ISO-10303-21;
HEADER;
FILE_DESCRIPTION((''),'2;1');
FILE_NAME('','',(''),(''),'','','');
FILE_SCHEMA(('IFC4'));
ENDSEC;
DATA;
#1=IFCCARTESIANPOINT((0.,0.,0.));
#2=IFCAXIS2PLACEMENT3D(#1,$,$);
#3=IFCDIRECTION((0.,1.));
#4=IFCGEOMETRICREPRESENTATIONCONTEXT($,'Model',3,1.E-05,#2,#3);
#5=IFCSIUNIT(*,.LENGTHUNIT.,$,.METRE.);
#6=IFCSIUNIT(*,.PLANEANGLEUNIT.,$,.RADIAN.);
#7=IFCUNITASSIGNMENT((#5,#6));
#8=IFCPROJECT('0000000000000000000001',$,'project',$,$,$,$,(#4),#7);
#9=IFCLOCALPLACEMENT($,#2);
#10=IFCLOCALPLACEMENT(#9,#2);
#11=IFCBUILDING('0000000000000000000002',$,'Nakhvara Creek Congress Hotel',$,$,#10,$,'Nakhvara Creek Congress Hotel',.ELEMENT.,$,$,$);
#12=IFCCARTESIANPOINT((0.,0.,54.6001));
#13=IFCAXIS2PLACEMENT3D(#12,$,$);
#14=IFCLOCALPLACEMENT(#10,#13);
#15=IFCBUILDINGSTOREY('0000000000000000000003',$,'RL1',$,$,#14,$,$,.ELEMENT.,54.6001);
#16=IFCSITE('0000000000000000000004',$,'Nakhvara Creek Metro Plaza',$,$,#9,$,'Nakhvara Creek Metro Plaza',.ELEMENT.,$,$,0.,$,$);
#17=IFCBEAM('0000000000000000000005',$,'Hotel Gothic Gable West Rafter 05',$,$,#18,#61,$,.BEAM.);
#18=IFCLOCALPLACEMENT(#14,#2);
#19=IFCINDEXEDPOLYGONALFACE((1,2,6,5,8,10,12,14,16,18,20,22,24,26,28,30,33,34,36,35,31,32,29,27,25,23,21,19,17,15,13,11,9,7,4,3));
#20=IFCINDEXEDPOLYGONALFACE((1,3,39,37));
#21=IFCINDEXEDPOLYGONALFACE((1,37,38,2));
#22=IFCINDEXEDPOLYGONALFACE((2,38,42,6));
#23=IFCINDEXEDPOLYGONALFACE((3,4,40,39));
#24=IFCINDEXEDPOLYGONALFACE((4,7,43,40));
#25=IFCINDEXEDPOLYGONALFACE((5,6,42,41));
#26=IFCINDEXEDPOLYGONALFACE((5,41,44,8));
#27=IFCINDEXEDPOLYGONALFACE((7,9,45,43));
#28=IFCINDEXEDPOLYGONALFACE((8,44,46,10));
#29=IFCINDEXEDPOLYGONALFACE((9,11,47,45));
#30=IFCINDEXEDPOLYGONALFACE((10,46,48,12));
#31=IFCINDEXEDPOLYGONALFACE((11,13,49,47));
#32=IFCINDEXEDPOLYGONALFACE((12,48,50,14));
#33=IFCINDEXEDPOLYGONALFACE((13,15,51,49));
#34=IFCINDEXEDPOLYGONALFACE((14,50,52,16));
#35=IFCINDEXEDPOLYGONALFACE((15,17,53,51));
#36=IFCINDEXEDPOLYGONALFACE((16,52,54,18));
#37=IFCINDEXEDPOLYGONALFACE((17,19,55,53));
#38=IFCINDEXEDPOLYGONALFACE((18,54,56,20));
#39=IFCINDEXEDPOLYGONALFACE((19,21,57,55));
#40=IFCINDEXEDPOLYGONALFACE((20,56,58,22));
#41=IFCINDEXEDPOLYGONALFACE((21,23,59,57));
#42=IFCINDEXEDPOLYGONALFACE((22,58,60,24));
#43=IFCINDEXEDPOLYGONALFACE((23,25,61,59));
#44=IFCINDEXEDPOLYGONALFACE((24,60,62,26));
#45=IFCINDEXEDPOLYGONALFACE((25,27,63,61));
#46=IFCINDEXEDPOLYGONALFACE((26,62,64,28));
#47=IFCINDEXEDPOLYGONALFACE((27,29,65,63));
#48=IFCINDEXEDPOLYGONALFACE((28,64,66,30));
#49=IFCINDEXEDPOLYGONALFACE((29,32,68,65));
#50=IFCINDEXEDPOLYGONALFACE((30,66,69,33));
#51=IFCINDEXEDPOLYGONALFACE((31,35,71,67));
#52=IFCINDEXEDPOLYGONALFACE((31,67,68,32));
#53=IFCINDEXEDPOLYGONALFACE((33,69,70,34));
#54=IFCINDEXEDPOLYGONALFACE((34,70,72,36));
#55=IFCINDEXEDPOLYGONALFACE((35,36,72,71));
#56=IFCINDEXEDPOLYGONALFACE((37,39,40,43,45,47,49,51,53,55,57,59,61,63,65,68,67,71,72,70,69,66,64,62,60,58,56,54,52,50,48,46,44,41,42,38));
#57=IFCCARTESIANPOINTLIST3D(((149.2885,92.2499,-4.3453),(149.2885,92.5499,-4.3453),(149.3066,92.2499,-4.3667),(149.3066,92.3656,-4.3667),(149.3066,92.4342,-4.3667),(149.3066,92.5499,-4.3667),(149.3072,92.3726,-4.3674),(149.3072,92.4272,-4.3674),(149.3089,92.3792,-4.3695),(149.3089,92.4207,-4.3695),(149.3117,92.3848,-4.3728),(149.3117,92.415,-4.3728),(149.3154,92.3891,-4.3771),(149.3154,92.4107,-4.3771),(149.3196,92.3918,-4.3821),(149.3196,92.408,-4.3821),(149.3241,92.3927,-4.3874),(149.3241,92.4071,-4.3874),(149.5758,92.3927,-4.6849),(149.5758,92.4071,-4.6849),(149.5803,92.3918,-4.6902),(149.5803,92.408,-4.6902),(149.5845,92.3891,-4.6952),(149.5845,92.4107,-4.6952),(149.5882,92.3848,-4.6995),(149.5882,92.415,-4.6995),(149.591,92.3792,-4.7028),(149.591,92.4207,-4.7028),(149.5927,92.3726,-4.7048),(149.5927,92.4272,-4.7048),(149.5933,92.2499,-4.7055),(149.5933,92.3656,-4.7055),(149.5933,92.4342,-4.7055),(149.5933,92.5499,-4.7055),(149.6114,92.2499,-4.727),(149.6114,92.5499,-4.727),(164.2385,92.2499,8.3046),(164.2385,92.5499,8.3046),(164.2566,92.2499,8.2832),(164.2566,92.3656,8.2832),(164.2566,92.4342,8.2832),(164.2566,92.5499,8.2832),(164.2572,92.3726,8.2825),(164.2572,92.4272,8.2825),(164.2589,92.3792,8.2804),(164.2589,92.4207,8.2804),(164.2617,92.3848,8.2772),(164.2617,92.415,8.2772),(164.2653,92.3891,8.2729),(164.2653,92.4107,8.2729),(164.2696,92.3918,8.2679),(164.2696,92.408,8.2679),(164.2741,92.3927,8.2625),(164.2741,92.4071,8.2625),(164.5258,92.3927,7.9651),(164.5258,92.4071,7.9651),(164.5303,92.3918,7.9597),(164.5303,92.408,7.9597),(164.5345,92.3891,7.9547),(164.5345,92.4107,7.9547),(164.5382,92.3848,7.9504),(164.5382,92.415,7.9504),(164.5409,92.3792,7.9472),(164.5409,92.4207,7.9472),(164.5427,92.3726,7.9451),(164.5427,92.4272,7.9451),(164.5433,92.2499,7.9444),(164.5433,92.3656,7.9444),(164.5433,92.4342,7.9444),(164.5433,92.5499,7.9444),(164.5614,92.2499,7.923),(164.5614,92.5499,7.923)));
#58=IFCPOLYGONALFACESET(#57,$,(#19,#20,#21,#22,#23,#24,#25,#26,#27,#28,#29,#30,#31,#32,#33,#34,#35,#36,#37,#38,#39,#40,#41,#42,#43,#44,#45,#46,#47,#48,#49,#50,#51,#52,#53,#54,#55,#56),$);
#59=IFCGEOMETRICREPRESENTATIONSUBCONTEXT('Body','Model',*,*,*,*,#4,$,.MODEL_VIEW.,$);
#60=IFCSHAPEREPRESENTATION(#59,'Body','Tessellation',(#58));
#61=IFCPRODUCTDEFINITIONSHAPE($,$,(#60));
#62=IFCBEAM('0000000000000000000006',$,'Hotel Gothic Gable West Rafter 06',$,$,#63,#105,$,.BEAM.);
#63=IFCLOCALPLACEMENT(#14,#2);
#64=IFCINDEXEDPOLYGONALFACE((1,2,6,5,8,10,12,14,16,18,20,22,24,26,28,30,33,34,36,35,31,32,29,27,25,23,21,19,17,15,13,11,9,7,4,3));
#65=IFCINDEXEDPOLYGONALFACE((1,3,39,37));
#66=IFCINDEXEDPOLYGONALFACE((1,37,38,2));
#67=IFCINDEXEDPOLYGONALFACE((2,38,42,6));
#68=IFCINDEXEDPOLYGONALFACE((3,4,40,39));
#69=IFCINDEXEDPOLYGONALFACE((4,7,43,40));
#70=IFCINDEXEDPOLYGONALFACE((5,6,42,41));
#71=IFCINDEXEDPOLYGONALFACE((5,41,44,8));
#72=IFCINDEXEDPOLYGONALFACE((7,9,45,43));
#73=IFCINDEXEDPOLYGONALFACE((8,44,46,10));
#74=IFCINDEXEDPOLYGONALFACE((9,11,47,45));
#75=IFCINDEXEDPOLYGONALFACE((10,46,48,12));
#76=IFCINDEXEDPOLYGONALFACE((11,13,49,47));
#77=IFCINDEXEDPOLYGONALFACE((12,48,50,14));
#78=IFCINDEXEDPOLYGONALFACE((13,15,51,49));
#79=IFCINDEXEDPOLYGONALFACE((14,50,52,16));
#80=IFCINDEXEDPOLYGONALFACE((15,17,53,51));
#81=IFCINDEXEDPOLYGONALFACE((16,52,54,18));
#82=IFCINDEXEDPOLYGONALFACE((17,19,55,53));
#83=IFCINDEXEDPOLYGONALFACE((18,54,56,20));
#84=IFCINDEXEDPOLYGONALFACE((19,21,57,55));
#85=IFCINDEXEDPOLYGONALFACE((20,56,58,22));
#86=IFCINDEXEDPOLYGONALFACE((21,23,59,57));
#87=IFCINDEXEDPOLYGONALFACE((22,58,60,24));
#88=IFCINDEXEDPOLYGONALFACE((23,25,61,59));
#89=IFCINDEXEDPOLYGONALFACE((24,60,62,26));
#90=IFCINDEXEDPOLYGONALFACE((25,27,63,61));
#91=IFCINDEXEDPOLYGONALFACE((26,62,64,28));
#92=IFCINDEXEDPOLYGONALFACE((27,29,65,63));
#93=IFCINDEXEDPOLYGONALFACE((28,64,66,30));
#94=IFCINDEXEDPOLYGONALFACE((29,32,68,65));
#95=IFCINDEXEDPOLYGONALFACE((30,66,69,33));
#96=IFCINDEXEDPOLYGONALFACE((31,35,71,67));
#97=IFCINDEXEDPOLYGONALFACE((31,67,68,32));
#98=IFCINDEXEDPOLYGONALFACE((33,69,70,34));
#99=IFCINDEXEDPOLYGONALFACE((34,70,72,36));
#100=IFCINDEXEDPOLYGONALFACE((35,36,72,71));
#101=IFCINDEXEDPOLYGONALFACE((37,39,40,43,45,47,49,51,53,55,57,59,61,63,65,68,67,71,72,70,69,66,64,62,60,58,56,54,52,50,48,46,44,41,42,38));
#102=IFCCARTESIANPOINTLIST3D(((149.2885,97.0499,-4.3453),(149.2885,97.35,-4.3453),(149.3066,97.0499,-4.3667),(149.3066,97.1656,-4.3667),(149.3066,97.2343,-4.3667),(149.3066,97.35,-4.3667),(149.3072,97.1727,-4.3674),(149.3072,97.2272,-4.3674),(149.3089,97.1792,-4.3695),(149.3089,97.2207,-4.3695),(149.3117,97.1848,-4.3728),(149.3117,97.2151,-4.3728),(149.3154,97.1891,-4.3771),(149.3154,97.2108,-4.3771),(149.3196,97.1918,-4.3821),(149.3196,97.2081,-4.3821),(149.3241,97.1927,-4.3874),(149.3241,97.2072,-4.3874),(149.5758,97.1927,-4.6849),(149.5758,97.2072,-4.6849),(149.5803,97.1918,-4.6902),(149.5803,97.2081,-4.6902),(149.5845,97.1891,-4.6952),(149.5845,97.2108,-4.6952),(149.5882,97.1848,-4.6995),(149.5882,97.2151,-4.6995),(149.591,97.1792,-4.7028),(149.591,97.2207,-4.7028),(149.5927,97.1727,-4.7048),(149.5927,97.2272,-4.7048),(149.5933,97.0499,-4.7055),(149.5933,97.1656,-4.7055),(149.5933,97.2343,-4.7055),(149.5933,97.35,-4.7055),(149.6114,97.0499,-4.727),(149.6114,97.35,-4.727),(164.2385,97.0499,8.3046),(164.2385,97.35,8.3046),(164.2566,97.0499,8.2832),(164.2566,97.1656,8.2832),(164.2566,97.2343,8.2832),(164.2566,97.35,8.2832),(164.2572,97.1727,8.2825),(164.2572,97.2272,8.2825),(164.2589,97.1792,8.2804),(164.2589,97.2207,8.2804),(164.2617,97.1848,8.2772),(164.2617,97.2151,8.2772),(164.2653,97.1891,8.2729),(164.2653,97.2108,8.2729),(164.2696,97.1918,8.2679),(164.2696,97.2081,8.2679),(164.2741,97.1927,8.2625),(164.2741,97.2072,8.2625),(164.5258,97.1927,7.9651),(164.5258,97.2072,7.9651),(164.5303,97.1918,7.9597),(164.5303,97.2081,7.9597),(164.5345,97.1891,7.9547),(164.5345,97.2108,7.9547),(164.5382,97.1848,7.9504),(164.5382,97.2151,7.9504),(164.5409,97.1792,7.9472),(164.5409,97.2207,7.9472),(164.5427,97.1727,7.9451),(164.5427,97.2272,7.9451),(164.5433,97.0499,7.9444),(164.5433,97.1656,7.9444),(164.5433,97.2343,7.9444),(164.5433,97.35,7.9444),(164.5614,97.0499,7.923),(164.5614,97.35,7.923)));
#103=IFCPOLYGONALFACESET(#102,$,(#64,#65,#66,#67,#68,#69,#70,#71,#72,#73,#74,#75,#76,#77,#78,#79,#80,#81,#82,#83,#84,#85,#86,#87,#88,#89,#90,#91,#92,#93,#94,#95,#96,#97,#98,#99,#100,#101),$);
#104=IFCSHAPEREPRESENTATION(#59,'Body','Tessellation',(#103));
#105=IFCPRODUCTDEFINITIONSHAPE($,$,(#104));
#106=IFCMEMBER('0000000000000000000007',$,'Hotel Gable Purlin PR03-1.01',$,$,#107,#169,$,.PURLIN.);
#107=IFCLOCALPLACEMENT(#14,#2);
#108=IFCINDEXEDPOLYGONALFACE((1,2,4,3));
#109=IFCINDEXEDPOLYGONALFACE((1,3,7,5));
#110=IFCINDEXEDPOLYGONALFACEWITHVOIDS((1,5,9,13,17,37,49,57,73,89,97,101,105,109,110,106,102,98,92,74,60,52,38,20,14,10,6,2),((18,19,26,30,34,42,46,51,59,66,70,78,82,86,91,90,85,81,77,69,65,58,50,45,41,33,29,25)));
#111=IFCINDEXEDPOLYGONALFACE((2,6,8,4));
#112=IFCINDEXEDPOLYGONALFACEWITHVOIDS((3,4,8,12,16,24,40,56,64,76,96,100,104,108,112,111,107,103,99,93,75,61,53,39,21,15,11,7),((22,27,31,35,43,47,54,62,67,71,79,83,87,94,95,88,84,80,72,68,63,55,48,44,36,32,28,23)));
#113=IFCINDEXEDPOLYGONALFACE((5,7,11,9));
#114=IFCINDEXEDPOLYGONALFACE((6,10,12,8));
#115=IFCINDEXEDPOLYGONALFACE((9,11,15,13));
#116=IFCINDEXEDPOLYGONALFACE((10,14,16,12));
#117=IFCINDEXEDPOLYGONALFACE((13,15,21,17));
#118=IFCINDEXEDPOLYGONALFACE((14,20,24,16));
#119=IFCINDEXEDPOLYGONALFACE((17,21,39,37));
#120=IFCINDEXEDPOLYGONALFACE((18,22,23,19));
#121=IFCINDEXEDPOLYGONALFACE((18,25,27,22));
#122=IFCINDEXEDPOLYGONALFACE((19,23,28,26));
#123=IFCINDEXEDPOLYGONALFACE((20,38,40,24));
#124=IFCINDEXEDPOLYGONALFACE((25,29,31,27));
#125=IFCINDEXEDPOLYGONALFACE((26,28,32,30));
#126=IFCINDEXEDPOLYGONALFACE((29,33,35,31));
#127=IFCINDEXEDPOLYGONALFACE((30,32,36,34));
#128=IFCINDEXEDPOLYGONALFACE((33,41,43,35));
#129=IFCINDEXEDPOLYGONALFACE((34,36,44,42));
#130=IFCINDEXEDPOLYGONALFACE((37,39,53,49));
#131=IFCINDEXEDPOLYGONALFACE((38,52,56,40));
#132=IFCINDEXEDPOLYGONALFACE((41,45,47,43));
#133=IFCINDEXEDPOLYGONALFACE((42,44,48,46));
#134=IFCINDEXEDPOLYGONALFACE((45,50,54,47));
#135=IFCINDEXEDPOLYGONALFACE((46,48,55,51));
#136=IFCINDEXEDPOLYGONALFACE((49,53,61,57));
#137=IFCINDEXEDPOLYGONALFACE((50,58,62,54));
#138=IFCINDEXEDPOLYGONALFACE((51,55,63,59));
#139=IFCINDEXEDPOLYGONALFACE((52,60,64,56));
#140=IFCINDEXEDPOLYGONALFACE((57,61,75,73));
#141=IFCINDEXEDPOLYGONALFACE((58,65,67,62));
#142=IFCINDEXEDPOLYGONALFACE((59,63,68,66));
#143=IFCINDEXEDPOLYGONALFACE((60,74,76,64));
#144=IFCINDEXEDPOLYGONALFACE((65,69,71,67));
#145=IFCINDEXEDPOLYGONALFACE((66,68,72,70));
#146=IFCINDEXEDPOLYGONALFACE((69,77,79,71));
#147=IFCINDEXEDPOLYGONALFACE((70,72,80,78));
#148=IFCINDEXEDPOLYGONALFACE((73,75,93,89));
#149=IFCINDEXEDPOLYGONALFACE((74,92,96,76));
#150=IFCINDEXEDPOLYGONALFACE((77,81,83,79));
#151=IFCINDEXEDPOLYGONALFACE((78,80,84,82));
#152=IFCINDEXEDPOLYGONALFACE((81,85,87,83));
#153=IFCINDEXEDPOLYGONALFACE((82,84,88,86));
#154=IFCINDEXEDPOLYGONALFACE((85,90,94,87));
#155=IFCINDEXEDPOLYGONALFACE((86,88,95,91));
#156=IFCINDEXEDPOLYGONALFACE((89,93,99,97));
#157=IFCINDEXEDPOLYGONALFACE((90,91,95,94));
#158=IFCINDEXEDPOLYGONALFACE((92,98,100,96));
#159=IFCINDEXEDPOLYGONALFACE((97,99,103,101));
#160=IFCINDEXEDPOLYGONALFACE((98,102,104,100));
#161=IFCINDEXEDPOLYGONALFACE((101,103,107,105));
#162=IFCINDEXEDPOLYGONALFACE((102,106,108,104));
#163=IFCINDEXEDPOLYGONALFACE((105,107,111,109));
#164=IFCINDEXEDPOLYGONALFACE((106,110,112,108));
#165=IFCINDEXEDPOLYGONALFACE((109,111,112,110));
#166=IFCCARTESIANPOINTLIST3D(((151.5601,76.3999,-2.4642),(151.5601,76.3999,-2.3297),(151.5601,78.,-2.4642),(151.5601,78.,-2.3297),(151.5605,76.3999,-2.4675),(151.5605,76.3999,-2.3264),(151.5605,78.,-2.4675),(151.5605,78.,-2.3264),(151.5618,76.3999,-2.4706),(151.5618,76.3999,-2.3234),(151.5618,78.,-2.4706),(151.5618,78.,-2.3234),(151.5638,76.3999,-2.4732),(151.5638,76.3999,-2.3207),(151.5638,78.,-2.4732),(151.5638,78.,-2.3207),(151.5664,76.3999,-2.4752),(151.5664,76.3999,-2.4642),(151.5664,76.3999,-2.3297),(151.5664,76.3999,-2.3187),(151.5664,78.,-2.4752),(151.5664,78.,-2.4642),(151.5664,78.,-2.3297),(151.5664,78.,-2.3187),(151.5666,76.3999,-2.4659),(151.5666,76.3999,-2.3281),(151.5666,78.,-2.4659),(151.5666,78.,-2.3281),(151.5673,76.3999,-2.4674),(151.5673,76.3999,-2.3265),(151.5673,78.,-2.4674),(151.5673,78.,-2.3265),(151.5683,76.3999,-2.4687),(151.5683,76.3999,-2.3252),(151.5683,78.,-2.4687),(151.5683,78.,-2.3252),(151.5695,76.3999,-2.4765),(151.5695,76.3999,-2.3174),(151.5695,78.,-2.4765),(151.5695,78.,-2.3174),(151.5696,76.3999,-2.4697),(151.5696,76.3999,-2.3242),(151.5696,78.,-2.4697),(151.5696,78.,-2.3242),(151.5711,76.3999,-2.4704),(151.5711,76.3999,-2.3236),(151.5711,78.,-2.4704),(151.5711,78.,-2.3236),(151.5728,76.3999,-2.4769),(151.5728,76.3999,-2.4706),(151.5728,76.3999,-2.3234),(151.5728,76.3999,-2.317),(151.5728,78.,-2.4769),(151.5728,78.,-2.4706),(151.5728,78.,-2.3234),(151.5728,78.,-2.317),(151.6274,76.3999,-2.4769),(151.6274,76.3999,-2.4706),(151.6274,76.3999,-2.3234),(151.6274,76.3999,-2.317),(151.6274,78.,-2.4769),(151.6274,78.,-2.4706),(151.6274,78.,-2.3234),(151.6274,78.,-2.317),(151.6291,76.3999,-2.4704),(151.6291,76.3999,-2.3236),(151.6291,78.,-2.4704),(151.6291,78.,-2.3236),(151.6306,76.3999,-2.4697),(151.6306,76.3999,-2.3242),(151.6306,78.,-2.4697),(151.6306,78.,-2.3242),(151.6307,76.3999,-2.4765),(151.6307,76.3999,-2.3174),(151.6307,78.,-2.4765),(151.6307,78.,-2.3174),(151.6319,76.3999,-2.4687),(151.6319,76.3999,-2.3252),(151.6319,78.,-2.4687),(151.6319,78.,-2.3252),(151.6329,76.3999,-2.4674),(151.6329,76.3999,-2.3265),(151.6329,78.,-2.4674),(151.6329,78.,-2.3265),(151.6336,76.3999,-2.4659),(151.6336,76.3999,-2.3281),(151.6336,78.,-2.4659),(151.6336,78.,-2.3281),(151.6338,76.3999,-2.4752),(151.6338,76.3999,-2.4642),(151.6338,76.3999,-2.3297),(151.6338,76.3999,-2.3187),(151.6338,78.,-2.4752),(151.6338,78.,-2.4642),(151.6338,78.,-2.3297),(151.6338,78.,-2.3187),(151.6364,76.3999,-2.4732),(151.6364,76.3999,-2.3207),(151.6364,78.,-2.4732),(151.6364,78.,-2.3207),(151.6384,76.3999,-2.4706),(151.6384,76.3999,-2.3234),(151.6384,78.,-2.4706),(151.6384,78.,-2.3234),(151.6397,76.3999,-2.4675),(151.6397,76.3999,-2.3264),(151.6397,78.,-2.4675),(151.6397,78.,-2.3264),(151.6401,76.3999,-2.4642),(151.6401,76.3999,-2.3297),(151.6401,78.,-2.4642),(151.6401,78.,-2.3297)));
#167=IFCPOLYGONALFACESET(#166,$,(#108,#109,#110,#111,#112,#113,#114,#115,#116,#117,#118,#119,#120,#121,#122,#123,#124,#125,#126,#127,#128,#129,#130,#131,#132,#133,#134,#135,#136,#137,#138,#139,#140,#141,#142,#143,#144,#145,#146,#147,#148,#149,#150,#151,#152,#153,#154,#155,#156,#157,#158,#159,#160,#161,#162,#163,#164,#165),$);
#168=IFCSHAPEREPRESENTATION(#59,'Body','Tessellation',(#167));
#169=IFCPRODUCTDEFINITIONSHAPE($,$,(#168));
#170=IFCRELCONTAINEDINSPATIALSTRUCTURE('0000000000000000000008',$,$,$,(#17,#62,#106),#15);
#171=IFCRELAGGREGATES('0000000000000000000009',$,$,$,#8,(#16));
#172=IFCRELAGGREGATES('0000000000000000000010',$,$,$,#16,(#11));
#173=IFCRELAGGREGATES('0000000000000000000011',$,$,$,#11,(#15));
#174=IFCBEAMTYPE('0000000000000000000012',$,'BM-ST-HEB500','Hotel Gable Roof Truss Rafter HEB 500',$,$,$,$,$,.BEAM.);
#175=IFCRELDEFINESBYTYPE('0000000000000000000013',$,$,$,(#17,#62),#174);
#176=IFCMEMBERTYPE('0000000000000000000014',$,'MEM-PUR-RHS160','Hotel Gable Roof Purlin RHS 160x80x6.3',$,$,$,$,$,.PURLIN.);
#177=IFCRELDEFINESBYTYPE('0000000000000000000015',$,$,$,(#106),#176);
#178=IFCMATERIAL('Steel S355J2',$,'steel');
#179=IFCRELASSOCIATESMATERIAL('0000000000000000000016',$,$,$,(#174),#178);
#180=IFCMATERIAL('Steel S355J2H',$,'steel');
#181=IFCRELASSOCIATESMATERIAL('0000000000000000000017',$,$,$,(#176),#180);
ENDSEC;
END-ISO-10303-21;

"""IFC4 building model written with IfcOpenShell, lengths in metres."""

from ifc_helpers import new_model, si_unit, direction, frame, origin, origin_2d, place, context, subcontext, project, spatial, hollow_rectangle, i_section, extrude, material, material_profile, profile_set, type_object, element, save


model = new_model("IFC4")

# Units and contexts
model_context = context("Model", 3, precision=1e-05, world=origin(), true_north=direction((0.0, 1.0)))
body_context = subcontext(model_context, "Body", "Model", "MODEL_VIEW")
ifc_project = project(units=[si_unit("LENGTHUNIT", "METRE"), si_unit("PLANEANGLEUNIT", "RADIAN")], contexts=[model_context])

# Site, building, storey
site_placement = place(None, origin())
site = spatial("IfcSite", under=ifc_project, at=site_placement, Name="Nakhvara Creek Metro Plaza", LongName="Nakhvara Creek Metro Plaza", CompositionType="ELEMENT", RefElevation=0.0)
building_placement = place(site_placement, origin())
building = spatial("IfcBuilding", under=site, at=building_placement, Name="Nakhvara Creek Congress Hotel", LongName="Nakhvara Creek Congress Hotel", CompositionType="ELEMENT")
storey_placement = place(building_placement, frame((0.0, 0.0, 54.6001)))
storey = spatial("IfcBuildingStorey", under=building, at=storey_placement, Name="RL1", CompositionType="ELEMENT", Elevation=54.6001)

# Beams
ifc_material_1 = material(Name="Steel S355J2", Category="steel")
ifc_material_profile_1 = material_profile(ifc_material_1, i_section(OverallWidth=0.3, OverallDepth=0.5, WebThickness=0.0144, FlangeThickness=0.0281, FilletRadius=0.0271, at=origin_2d()), Name="HEB 500", Category="LoadBearing")
ifc_profile_set_1 = profile_set([ifc_material_profile_1], Name="Steel S355J2")
beam_type = type_object("IfcBeamType", Name="BM-ST-HEB500", Description="Hotel Gable Roof Truss Rafter HEB 500", PredefinedType="BEAM", material=ifc_profile_set_1)
for number, where, z_axis, x_axis, name in (
    (1, (149.45, 92.3999, -4.5361), (0.763388, 0.0, 0.645941), (0.0, 1.0, 0.0), "Hotel Gothic Gable West Rafter 05"),
    (2, (149.45, 97.2, -4.5361), (0.763388, 0.0, 0.645941), (0.0, 1.0, 0.0), "Hotel Gothic Gable West Rafter 06"),
):
    element("IfcBeam", number, at=place(storey_placement, frame(where, z_axis=z_axis, x_axis=x_axis)), inside=storey, type_object=beam_type, Name=name, PredefinedType="BEAM", context=body_context, shape_type="SweptSolid", body=[
        extrude(i_section(OverallWidth=0.3, OverallDepth=0.5, WebThickness=0.0144, FlangeThickness=0.0281, FilletRadius=0.0271, at=origin_2d()), origin(), (0.0, 0.0, 1.0), 19.5837),
    ])

# Member
ifc_material_2 = material(Name="Steel S355J2H", Category="steel")
ifc_material_profile_2 = material_profile(ifc_material_2, hollow_rectangle(XDim=0.0801, YDim=0.1599, WallThickness=0.0063, InnerFilletRadius=0.0063, OuterFilletRadius=0.0127, at=origin_2d()), Name="RHS 160x80x6.3", Category="LoadBearing")
ifc_profile_set_2 = profile_set([ifc_material_profile_2], Name="Steel S355J2H")
member_type = type_object("IfcMemberType", Name="MEM-PUR-RHS160", Description="Hotel Gable Roof Purlin RHS 160x80x6.3", PredefinedType="PURLIN", material=ifc_profile_set_2)
member_1_placement = place(storey_placement, frame((151.6001, 76.3999, -2.397), z_axis=(0.0, 1.0, 0.0), x_axis=(-1.0, 0.0, 0.0)))
element("IfcMember", 3, at=member_1_placement, inside=storey, type_object=member_type, Name="Hotel Gable Purlin PR03-1.01", PredefinedType="PURLIN", context=body_context, shape_type="SweptSolid", body=[
    extrude(hollow_rectangle(XDim=0.0801, YDim=0.1599, WallThickness=0.0063, InnerFilletRadius=0.0063, OuterFilletRadius=0.0127, at=origin_2d()), origin(), (0.0, 0.0, 1.0), 1.6001),
])

save(model, "model.ifc")
